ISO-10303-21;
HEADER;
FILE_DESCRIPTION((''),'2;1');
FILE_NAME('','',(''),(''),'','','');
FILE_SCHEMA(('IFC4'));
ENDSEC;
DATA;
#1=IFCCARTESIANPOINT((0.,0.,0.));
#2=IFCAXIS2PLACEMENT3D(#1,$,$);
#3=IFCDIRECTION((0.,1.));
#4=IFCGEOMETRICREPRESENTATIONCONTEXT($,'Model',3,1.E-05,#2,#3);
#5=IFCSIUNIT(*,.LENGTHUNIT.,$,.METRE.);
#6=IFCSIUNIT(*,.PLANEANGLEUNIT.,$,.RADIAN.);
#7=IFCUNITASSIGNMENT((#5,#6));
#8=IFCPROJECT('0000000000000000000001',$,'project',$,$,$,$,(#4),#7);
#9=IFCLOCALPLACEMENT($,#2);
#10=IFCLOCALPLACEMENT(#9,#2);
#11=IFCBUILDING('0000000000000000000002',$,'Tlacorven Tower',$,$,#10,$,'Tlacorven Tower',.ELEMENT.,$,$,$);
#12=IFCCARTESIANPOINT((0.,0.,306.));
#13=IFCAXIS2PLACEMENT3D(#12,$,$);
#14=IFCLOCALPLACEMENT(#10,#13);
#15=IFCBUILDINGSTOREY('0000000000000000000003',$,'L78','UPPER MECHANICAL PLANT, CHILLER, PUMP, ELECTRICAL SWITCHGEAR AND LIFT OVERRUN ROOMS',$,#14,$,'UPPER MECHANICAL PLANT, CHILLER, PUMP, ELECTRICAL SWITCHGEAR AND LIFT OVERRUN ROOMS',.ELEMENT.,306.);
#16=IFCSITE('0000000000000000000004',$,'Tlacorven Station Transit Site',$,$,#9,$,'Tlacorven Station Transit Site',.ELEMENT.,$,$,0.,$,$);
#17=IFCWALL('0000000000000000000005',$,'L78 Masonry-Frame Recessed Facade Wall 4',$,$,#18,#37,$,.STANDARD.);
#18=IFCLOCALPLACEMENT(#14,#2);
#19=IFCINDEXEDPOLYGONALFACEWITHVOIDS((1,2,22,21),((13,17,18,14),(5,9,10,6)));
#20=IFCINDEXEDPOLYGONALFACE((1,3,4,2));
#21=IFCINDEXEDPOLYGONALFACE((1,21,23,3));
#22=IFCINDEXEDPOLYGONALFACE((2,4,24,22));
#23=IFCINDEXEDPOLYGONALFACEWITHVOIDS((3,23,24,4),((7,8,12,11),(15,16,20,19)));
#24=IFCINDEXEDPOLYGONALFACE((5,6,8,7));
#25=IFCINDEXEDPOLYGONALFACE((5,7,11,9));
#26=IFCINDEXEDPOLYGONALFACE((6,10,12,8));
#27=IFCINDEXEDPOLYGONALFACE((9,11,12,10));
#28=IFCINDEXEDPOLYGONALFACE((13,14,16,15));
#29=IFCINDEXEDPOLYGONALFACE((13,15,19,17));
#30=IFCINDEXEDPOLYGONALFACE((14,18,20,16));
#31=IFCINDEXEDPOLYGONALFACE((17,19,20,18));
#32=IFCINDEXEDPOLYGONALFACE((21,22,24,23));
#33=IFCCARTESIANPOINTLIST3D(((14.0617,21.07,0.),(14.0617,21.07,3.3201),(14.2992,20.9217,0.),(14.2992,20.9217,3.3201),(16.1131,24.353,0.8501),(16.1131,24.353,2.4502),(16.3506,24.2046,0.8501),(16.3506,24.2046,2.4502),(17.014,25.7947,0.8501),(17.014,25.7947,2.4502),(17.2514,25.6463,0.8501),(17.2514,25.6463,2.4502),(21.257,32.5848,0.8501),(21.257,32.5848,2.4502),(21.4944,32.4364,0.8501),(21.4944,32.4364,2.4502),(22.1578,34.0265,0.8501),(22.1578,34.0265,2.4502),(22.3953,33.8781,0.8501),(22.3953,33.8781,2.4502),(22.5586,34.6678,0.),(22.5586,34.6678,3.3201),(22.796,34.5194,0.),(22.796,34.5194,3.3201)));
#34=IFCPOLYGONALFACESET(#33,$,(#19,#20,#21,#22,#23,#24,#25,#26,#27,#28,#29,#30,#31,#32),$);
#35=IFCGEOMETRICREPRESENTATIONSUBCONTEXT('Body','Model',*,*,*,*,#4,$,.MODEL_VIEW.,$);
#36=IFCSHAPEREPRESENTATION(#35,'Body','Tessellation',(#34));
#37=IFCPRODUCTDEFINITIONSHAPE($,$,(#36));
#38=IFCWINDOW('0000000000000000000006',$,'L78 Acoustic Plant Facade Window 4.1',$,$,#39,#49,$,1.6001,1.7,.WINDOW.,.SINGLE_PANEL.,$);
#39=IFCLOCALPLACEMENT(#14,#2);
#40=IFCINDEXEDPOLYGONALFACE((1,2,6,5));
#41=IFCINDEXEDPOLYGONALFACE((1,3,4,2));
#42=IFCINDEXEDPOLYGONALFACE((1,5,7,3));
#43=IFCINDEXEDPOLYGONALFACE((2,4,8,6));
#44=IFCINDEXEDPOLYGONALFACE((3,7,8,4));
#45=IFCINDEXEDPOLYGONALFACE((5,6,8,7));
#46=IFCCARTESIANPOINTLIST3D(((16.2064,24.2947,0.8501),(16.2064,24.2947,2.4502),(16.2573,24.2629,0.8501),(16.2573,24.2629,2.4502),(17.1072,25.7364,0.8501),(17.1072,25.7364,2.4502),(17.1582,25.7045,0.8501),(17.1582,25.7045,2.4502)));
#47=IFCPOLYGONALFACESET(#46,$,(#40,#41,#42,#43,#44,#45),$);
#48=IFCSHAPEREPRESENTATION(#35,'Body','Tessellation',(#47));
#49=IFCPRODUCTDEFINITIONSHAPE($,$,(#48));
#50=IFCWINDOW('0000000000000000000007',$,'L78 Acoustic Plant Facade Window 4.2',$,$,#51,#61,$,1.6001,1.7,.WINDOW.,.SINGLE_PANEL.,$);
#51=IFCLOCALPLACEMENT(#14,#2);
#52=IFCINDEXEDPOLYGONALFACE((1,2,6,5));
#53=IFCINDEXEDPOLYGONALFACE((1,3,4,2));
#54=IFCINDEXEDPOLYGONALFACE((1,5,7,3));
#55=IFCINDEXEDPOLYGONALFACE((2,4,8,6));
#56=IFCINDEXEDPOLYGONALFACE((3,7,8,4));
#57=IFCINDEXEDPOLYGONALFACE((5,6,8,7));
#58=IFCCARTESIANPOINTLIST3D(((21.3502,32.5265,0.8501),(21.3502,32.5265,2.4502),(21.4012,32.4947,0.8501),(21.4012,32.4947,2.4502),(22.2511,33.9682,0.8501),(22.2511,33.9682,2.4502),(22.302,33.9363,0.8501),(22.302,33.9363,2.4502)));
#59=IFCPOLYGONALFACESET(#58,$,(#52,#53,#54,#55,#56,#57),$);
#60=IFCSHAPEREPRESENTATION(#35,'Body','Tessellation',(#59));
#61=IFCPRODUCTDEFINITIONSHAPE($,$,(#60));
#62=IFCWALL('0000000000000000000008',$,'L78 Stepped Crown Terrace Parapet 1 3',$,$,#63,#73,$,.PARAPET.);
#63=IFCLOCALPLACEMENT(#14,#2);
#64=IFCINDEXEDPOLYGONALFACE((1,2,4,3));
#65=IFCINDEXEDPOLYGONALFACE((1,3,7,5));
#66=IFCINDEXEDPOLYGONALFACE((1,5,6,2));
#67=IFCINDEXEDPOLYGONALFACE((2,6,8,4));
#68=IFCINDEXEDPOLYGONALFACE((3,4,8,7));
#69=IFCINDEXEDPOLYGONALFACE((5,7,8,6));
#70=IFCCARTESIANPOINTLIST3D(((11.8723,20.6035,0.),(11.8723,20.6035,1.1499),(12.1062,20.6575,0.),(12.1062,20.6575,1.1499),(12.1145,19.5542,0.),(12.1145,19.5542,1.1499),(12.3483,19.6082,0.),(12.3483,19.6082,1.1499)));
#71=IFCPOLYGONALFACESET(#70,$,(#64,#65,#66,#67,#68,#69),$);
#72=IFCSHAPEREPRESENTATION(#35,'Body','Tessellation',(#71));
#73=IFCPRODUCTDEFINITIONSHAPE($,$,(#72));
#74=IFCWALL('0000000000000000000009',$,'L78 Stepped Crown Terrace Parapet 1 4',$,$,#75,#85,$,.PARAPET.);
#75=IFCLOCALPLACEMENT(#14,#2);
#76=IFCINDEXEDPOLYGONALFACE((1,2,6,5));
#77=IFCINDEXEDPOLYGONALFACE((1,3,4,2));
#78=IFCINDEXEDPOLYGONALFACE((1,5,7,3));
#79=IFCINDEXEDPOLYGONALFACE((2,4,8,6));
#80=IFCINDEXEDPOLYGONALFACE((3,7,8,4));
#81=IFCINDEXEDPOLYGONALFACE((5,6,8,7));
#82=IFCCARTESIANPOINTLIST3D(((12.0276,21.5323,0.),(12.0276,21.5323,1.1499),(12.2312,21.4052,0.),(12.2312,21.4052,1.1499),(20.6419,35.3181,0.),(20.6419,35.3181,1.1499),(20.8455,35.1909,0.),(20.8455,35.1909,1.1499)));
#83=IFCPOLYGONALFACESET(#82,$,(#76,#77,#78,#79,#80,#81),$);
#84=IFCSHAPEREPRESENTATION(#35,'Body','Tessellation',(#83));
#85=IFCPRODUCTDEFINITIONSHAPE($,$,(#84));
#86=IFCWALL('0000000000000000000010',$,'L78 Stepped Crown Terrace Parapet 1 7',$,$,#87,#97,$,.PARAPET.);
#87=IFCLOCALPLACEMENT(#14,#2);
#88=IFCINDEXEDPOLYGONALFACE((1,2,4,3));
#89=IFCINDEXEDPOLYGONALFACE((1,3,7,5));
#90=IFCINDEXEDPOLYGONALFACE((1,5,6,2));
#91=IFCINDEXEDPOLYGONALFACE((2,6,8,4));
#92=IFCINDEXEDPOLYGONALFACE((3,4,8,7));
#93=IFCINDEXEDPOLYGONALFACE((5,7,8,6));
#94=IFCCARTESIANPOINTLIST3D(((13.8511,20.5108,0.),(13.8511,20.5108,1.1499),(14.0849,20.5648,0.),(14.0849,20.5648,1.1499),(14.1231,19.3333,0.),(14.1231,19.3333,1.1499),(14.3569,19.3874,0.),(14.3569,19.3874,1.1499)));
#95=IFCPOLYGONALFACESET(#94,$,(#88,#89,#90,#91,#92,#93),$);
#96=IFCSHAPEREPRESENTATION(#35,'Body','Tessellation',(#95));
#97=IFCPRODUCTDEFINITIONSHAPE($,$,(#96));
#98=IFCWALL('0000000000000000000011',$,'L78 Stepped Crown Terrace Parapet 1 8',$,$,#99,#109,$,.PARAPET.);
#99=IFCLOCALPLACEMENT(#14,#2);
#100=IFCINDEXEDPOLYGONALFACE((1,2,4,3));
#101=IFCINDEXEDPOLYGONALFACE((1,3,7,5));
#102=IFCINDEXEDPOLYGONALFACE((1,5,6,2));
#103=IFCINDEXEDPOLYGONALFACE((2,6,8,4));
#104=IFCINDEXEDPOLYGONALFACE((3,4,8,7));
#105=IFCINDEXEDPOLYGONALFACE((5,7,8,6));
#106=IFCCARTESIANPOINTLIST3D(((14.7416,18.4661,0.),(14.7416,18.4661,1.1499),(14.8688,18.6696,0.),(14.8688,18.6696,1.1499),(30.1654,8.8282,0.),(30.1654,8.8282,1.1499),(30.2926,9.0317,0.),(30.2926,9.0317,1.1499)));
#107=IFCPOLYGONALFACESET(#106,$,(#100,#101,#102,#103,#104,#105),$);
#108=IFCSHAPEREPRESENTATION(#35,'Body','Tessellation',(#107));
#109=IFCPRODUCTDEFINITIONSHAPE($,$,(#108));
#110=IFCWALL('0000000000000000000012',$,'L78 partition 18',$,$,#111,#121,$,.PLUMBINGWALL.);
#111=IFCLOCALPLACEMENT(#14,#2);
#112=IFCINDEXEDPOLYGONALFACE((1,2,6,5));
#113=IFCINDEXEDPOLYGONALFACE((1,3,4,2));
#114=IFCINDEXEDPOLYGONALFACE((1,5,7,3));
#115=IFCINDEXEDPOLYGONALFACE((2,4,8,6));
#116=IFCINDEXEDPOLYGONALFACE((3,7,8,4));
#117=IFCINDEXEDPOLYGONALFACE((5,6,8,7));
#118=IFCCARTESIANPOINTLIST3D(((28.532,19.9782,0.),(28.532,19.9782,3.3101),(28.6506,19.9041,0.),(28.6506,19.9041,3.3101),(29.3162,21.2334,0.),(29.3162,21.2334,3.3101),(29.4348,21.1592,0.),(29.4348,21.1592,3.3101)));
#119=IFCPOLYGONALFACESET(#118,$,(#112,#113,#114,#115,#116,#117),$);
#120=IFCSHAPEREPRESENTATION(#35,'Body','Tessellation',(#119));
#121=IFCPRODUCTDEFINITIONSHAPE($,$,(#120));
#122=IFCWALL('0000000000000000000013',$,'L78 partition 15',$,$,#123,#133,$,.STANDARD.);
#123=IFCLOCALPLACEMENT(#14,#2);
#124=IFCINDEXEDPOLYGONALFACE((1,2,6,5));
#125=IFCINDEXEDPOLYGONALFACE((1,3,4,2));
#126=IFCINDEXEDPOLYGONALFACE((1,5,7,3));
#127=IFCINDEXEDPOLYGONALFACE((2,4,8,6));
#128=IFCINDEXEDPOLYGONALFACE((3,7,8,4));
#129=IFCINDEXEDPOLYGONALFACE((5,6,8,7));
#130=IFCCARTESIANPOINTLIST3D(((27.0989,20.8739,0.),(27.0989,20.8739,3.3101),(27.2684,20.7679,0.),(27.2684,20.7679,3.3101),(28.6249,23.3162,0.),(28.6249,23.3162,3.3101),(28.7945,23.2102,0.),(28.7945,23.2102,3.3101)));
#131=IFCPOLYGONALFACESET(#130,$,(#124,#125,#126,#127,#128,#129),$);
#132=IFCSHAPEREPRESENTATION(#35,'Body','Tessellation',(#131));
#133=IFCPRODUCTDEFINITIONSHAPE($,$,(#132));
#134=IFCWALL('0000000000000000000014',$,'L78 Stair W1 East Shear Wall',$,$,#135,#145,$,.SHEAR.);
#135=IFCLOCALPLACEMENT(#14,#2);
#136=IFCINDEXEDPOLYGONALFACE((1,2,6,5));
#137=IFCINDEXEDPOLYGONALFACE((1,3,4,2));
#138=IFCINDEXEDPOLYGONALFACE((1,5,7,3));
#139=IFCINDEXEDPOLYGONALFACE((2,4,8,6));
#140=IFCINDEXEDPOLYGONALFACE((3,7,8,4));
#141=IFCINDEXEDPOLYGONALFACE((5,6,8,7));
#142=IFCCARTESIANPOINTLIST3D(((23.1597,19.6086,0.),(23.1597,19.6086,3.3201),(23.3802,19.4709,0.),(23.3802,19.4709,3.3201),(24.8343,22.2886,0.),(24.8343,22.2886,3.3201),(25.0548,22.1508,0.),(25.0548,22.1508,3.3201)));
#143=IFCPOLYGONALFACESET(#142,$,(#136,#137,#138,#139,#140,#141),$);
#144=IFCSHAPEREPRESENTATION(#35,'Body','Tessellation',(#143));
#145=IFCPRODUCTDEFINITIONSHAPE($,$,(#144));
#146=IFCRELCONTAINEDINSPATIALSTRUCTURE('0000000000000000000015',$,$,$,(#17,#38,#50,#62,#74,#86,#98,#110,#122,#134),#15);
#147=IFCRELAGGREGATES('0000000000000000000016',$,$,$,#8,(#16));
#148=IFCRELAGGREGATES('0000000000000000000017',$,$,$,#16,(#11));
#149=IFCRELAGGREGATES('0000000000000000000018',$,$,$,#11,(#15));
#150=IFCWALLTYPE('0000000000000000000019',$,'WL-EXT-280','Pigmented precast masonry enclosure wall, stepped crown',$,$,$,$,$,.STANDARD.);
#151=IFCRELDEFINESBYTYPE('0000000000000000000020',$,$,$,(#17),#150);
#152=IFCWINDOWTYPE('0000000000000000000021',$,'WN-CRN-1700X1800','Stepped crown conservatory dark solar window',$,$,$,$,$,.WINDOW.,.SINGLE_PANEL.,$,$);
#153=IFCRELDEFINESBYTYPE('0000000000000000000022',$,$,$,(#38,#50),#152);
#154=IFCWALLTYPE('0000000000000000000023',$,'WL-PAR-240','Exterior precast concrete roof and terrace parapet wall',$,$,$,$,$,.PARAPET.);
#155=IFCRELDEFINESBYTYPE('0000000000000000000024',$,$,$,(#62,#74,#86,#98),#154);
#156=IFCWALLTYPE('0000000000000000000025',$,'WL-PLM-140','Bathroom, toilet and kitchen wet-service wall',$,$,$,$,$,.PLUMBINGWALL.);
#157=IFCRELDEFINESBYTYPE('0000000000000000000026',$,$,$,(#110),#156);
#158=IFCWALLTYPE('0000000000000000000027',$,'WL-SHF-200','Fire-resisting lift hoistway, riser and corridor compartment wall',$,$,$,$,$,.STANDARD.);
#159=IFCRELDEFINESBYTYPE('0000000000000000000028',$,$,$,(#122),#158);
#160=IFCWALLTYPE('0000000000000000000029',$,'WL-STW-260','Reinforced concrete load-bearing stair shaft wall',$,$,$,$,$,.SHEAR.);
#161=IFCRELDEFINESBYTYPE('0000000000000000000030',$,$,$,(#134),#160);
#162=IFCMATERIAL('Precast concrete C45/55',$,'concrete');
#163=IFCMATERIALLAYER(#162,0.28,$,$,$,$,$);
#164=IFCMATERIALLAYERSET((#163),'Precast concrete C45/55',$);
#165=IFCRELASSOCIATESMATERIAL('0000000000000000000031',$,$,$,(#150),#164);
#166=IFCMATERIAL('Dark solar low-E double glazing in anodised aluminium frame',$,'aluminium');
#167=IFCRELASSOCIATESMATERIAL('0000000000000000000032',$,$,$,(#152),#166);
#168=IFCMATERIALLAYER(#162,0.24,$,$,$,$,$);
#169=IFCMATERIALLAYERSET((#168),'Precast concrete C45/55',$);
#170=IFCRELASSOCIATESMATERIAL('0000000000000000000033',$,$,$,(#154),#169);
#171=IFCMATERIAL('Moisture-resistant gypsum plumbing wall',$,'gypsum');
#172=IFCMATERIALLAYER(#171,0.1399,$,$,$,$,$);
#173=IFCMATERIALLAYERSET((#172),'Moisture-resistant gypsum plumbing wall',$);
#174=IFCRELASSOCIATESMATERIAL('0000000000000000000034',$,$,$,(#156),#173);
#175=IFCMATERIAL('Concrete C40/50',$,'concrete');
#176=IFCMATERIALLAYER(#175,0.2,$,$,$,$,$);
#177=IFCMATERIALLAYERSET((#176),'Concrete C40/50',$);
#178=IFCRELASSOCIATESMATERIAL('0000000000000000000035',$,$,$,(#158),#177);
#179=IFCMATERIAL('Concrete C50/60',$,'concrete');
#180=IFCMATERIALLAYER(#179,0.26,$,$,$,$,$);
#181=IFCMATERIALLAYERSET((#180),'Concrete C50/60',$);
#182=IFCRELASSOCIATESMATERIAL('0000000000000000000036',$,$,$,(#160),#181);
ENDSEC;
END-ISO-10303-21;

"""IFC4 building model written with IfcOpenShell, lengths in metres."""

from ifc_helpers import new_model, si_unit, direction, frame, frame_2d, origin, place, context, subcontext, project, spatial, rectangle, extrude, source, transform, mapped, material, layer, layer_set, type_object, element, fill, save


model = new_model("IFC4")

# Units and contexts
model_context = context("Model", 3, precision=1e-05, world=origin(), true_north=direction((0.0, 1.0)))
body_context = subcontext(model_context, "Body", "Model", "MODEL_VIEW")
ifc_project = project(units=[si_unit("LENGTHUNIT", "METRE"), si_unit("PLANEANGLEUNIT", "RADIAN")], contexts=[model_context])

# Site, building, storey
site_placement = place(None, origin())
site = spatial("IfcSite", under=ifc_project, at=site_placement, Name="Tlacorven Station Transit Site", LongName="Tlacorven Station Transit Site", CompositionType="ELEMENT", RefElevation=0.0)
building_placement = place(site_placement, origin())
building = spatial("IfcBuilding", under=site, at=building_placement, Name="Tlacorven Tower", LongName="Tlacorven Tower", CompositionType="ELEMENT")
storey_placement = place(building_placement, frame((0.0, 0.0, 306.0)))
storey = spatial("IfcBuildingStorey", under=building, at=storey_placement, Name="L78", Description="UPPER MECHANICAL PLANT, CHILLER, PUMP, ELECTRICAL SWITCHGEAR AND LIFT OVERRUN ROOMS", LongName="UPPER MECHANICAL PLANT, CHILLER, PUMP, ELECTRICAL SWITCHGEAR AND LIFT OVERRUN ROOMS", CompositionType="ELEMENT", Elevation=306.0)

# Shared definitions
ifc_material_1 = material(Name="Concrete C40/50", Category="concrete")

# Shared definitions
ifc_material_2 = material(Name="Concrete C50/60", Category="concrete")

# Shared definitions
ifc_material_3 = material(Name="Precast concrete C45/55", Category="concrete")
ifc_layer_1 = layer(ifc_material_3, 0.28)
ifc_layer_set_1 = layer_set([ifc_layer_1], Name="Precast concrete C45/55")
wall_type_1 = type_object("IfcWallType", Name="WL-EXT-280", Description="Pigmented precast masonry enclosure wall, stepped crown", PredefinedType="STANDARD", material=ifc_layer_set_1)

# Wall, openings, windows
wall_1_placement = place(storey_placement, frame((14.1804, 20.9958, 0.0), z_axis=(0.0, 0.0, 1.0), x_axis=(0.529922, 0.848046, 0.0)))
wall_1 = element("IfcWall", 1, at=wall_1_placement, inside=storey, type_object=wall_type_1, Name="L78 Masonry-Frame Recessed Facade Wall 4", PredefinedType="STANDARD", context=body_context, shape_type="SweptSolid", body=[
    extrude(rectangle(XDim=16.0342, YDim=0.28, at=frame_2d((8.0171, 0.0))), origin(), (0.0, 0.0, 1.0), 3.3201),
])
opening_1_placement = place(wall_1_placement, frame((3.8711, 0.0, 0.8501)))
opening_1 = element("IfcOpeningElement", 2, at=opening_1_placement, cuts=wall_1, PredefinedType="OPENING", context=body_context, shape_type="SweptSolid", body=[
    extrude(rectangle(XDim=1.7, YDim=1.6001, at=frame_2d((0.8501, 0.8))), frame((0.0, 0.1499, 0.0), z_axis=(0.0, -1.0, 0.0), x_axis=(1.0, 0.0, 0.0)), (0.0, 0.0, 1.0), 0.3),
])
opening_2_placement = place(wall_1_placement, frame((13.5779, 0.0, 0.8501)))
opening_2 = element("IfcOpeningElement", 3, at=opening_2_placement, cuts=wall_1, PredefinedType="OPENING", context=body_context, shape_type="SweptSolid", body=[
    extrude(rectangle(XDim=1.7, YDim=1.6001, at=frame_2d((0.8501, 0.8))), frame((0.0, 0.1499, 0.0), z_axis=(0.0, -1.0, 0.0), x_axis=(1.0, 0.0, 0.0)), (0.0, 0.0, 1.0), 0.3),
])
ifc_material_4 = material(Name="Dark solar low-E double glazing in anodised aluminium frame", Category="aluminium")
window_type = type_object("IfcWindowType", Name="WN-CRN-1700X1800", Description="Stepped crown conservatory dark solar window", PartitioningType="SINGLE_PANEL", PredefinedType="WINDOW", material=ifc_material_4)
shared_shape_1 = source(origin(), body_context, "Body", "SweptSolid", [
    extrude(rectangle(XDim=1.7, YDim=1.6001, at=frame_2d((0.8501, 0.8))), frame((0.0, 0.03, 0.0), z_axis=(0.0, -1.0, 0.0), x_axis=(1.0, 0.0, 0.0)), (0.0, 0.0, 1.0), 0.0601),
])
window_1_placement = place(opening_1_placement, origin())
window_1 = element("IfcWindow", 4, at=window_1_placement, inside=storey, type_object=window_type, Name="L78 Acoustic Plant Facade Window 4.1", OverallHeight=1.6001, OverallWidth=1.7, PartitioningType="SINGLE_PANEL", PredefinedType="WINDOW", context=body_context, shape_type="MappedRepresentation", body=[
    mapped(shared_shape_1, transform((0.0, 0.0, 0.0), scale=1.0)),
])
fill(opening_1, window_1)
window_2_placement = place(opening_2_placement, origin())
window_2 = element("IfcWindow", 5, at=window_2_placement, inside=storey, type_object=window_type, Name="L78 Acoustic Plant Facade Window 4.2", OverallHeight=1.6001, OverallWidth=1.7, PartitioningType="SINGLE_PANEL", PredefinedType="WINDOW", context=body_context, shape_type="MappedRepresentation", body=[
    mapped(shared_shape_1, transform((0.0, 0.0, 0.0), scale=1.0)),
])
fill(opening_2, window_2)

# Walls
ifc_layer_2 = layer(ifc_material_3, 0.24)
ifc_layer_set_2 = layer_set([ifc_layer_2], Name="Precast concrete C45/55")
wall_type_2 = type_object("IfcWallType", Name="WL-PAR-240", Description="Exterior precast concrete roof and terrace parapet wall", PredefinedType="PARAPET", material=ifc_layer_set_2)
wall_2_placement = place(storey_placement, frame((12.2314, 19.5811, 0.0), z_axis=(0.0, 0.0, 1.0), x_axis=(-0.224893, 0.974384, 0.0)))
element("IfcWall", 6, at=wall_2_placement, inside=storey, type_object=wall_type_2, Name="L78 Stepped Crown Terrace Parapet 1 3", PredefinedType="PARAPET", context=body_context, shape_type="SweptSolid", body=[
    extrude(rectangle(XDim=1.0769, YDim=0.24, at=frame_2d((0.5386, 0.0))), origin(), (0.0, 0.0, 1.0), 1.1499),
])
wall_3_placement = place(storey_placement, frame((12.1294, 21.4688, 0.0), z_axis=(0.0, 0.0, 1.0), x_axis=(0.529921, 0.848047, 0.0)))
element("IfcWall", 7, at=wall_3_placement, inside=storey, type_object=wall_type_2, Name="L78 Stepped Crown Terrace Parapet 1 4", PredefinedType="PARAPET", context=body_context, shape_type="SweptSolid", body=[
    extrude(rectangle(XDim=16.2559, YDim=0.24, at=frame_2d((8.1279, 0.0))), origin(), (0.0, 0.0, 1.0), 1.1499),
])
wall_4_placement = place(storey_placement, frame((13.968, 20.5378, 0.0), z_axis=(0.0, 0.0, 1.0), x_axis=(0.225051, -0.974347, 0.0)))
element("IfcWall", 8, at=wall_4_placement, inside=storey, type_object=wall_type_2, Name="L78 Stepped Crown Terrace Parapet 1 7", PredefinedType="PARAPET", context=body_context, shape_type="SweptSolid", body=[
    extrude(rectangle(XDim=1.2085, YDim=0.24, at=frame_2d((0.6042, 0.0))), origin(), (0.0, 0.0, 1.0), 1.1499),
])
wall_5_placement = place(storey_placement, frame((14.8052, 18.5679, 0.0), z_axis=(0.0, 0.0, 1.0), x_axis=(0.848047, -0.529922, 0.0)))
element("IfcWall", 9, at=wall_5_placement, inside=storey, type_object=wall_type_2, Name="L78 Stepped Crown Terrace Parapet 1 8", PredefinedType="PARAPET", context=body_context, shape_type="SweptSolid", body=[
    extrude(rectangle(XDim=18.1875, YDim=0.24, at=frame_2d((9.0938, 0.0))), origin(), (0.0, 0.0, 1.0), 1.1499),
])
ifc_material_5 = material(Name="Moisture-resistant gypsum plumbing wall", Category="gypsum")
ifc_layer_3 = layer(ifc_material_5, 0.1399)
ifc_layer_set_3 = layer_set([ifc_layer_3], Name="Moisture-resistant gypsum plumbing wall")
wall_type_3 = type_object("IfcWallType", Name="WL-PLM-140", Description="Bathroom, toilet and kitchen wet-service wall", PredefinedType="PLUMBINGWALL", material=ifc_layer_set_3)
wall_6_placement = place(storey_placement, frame((29.3755, 21.1963, 0.0), z_axis=(0.0, 0.0, 1.0), x_axis=(-0.529865, -0.848082, 0.0)))
element("IfcWall", 10, at=wall_6_placement, inside=storey, type_object=wall_type_3, Name="L78 partition 18", PredefinedType="PLUMBINGWALL", context=body_context, shape_type="SweptSolid", body=[
    extrude(rectangle(XDim=1.48, YDim=0.1399, at=frame_2d((0.74, 0.0))), origin(), (0.0, 0.0, 1.0), 3.3101),
])
ifc_layer_4 = layer(ifc_material_1, 0.2)
ifc_layer_set_4 = layer_set([ifc_layer_4], Name="Concrete C40/50")
wall_type_4 = type_object("IfcWallType", Name="WL-SHF-200", Description="Fire-resisting lift hoistway, riser and corridor compartment wall", PredefinedType="STANDARD", material=ifc_layer_set_4)
wall_7_placement = place(storey_placement, frame((28.7097, 23.2632, 0.0), z_axis=(0.0, 0.0, 1.0), x_axis=(-0.529907, -0.848055, 0.0)))
element("IfcWall", 11, at=wall_7_placement, inside=storey, type_object=wall_type_4, Name="L78 partition 15", PredefinedType="STANDARD", context=body_context, shape_type="SweptSolid", body=[
    extrude(rectangle(XDim=2.8799, YDim=0.2, at=frame_2d((1.4399, 0.0))), origin(), (0.0, 0.0, 1.0), 3.3101),
])
ifc_layer_5 = layer(ifc_material_2, 0.26)
ifc_layer_set_5 = layer_set([ifc_layer_5], Name="Concrete C50/60")
wall_type_5 = type_object("IfcWallType", Name="WL-STW-260", Description="Reinforced concrete load-bearing stair shaft wall", PredefinedType="SHEAR", material=ifc_layer_set_5)
wall_8_placement = place(storey_placement, frame((24.9446, 22.2197, 0.0), z_axis=(0.0, 0.0, 1.0), x_axis=(-0.529909, -0.848055, 0.0)))
element("IfcWall", 12, at=wall_8_placement, inside=storey, type_object=wall_type_5, Name="L78 Stair W1 East Shear Wall", PredefinedType="SHEAR", context=body_context, shape_type="SweptSolid", body=[
    extrude(rectangle(XDim=3.1602, YDim=0.26, at=frame_2d((1.5801, 0.0))), origin(), (0.0, 0.0, 1.0), 3.3201),
])

save(model, "model.ifc")
